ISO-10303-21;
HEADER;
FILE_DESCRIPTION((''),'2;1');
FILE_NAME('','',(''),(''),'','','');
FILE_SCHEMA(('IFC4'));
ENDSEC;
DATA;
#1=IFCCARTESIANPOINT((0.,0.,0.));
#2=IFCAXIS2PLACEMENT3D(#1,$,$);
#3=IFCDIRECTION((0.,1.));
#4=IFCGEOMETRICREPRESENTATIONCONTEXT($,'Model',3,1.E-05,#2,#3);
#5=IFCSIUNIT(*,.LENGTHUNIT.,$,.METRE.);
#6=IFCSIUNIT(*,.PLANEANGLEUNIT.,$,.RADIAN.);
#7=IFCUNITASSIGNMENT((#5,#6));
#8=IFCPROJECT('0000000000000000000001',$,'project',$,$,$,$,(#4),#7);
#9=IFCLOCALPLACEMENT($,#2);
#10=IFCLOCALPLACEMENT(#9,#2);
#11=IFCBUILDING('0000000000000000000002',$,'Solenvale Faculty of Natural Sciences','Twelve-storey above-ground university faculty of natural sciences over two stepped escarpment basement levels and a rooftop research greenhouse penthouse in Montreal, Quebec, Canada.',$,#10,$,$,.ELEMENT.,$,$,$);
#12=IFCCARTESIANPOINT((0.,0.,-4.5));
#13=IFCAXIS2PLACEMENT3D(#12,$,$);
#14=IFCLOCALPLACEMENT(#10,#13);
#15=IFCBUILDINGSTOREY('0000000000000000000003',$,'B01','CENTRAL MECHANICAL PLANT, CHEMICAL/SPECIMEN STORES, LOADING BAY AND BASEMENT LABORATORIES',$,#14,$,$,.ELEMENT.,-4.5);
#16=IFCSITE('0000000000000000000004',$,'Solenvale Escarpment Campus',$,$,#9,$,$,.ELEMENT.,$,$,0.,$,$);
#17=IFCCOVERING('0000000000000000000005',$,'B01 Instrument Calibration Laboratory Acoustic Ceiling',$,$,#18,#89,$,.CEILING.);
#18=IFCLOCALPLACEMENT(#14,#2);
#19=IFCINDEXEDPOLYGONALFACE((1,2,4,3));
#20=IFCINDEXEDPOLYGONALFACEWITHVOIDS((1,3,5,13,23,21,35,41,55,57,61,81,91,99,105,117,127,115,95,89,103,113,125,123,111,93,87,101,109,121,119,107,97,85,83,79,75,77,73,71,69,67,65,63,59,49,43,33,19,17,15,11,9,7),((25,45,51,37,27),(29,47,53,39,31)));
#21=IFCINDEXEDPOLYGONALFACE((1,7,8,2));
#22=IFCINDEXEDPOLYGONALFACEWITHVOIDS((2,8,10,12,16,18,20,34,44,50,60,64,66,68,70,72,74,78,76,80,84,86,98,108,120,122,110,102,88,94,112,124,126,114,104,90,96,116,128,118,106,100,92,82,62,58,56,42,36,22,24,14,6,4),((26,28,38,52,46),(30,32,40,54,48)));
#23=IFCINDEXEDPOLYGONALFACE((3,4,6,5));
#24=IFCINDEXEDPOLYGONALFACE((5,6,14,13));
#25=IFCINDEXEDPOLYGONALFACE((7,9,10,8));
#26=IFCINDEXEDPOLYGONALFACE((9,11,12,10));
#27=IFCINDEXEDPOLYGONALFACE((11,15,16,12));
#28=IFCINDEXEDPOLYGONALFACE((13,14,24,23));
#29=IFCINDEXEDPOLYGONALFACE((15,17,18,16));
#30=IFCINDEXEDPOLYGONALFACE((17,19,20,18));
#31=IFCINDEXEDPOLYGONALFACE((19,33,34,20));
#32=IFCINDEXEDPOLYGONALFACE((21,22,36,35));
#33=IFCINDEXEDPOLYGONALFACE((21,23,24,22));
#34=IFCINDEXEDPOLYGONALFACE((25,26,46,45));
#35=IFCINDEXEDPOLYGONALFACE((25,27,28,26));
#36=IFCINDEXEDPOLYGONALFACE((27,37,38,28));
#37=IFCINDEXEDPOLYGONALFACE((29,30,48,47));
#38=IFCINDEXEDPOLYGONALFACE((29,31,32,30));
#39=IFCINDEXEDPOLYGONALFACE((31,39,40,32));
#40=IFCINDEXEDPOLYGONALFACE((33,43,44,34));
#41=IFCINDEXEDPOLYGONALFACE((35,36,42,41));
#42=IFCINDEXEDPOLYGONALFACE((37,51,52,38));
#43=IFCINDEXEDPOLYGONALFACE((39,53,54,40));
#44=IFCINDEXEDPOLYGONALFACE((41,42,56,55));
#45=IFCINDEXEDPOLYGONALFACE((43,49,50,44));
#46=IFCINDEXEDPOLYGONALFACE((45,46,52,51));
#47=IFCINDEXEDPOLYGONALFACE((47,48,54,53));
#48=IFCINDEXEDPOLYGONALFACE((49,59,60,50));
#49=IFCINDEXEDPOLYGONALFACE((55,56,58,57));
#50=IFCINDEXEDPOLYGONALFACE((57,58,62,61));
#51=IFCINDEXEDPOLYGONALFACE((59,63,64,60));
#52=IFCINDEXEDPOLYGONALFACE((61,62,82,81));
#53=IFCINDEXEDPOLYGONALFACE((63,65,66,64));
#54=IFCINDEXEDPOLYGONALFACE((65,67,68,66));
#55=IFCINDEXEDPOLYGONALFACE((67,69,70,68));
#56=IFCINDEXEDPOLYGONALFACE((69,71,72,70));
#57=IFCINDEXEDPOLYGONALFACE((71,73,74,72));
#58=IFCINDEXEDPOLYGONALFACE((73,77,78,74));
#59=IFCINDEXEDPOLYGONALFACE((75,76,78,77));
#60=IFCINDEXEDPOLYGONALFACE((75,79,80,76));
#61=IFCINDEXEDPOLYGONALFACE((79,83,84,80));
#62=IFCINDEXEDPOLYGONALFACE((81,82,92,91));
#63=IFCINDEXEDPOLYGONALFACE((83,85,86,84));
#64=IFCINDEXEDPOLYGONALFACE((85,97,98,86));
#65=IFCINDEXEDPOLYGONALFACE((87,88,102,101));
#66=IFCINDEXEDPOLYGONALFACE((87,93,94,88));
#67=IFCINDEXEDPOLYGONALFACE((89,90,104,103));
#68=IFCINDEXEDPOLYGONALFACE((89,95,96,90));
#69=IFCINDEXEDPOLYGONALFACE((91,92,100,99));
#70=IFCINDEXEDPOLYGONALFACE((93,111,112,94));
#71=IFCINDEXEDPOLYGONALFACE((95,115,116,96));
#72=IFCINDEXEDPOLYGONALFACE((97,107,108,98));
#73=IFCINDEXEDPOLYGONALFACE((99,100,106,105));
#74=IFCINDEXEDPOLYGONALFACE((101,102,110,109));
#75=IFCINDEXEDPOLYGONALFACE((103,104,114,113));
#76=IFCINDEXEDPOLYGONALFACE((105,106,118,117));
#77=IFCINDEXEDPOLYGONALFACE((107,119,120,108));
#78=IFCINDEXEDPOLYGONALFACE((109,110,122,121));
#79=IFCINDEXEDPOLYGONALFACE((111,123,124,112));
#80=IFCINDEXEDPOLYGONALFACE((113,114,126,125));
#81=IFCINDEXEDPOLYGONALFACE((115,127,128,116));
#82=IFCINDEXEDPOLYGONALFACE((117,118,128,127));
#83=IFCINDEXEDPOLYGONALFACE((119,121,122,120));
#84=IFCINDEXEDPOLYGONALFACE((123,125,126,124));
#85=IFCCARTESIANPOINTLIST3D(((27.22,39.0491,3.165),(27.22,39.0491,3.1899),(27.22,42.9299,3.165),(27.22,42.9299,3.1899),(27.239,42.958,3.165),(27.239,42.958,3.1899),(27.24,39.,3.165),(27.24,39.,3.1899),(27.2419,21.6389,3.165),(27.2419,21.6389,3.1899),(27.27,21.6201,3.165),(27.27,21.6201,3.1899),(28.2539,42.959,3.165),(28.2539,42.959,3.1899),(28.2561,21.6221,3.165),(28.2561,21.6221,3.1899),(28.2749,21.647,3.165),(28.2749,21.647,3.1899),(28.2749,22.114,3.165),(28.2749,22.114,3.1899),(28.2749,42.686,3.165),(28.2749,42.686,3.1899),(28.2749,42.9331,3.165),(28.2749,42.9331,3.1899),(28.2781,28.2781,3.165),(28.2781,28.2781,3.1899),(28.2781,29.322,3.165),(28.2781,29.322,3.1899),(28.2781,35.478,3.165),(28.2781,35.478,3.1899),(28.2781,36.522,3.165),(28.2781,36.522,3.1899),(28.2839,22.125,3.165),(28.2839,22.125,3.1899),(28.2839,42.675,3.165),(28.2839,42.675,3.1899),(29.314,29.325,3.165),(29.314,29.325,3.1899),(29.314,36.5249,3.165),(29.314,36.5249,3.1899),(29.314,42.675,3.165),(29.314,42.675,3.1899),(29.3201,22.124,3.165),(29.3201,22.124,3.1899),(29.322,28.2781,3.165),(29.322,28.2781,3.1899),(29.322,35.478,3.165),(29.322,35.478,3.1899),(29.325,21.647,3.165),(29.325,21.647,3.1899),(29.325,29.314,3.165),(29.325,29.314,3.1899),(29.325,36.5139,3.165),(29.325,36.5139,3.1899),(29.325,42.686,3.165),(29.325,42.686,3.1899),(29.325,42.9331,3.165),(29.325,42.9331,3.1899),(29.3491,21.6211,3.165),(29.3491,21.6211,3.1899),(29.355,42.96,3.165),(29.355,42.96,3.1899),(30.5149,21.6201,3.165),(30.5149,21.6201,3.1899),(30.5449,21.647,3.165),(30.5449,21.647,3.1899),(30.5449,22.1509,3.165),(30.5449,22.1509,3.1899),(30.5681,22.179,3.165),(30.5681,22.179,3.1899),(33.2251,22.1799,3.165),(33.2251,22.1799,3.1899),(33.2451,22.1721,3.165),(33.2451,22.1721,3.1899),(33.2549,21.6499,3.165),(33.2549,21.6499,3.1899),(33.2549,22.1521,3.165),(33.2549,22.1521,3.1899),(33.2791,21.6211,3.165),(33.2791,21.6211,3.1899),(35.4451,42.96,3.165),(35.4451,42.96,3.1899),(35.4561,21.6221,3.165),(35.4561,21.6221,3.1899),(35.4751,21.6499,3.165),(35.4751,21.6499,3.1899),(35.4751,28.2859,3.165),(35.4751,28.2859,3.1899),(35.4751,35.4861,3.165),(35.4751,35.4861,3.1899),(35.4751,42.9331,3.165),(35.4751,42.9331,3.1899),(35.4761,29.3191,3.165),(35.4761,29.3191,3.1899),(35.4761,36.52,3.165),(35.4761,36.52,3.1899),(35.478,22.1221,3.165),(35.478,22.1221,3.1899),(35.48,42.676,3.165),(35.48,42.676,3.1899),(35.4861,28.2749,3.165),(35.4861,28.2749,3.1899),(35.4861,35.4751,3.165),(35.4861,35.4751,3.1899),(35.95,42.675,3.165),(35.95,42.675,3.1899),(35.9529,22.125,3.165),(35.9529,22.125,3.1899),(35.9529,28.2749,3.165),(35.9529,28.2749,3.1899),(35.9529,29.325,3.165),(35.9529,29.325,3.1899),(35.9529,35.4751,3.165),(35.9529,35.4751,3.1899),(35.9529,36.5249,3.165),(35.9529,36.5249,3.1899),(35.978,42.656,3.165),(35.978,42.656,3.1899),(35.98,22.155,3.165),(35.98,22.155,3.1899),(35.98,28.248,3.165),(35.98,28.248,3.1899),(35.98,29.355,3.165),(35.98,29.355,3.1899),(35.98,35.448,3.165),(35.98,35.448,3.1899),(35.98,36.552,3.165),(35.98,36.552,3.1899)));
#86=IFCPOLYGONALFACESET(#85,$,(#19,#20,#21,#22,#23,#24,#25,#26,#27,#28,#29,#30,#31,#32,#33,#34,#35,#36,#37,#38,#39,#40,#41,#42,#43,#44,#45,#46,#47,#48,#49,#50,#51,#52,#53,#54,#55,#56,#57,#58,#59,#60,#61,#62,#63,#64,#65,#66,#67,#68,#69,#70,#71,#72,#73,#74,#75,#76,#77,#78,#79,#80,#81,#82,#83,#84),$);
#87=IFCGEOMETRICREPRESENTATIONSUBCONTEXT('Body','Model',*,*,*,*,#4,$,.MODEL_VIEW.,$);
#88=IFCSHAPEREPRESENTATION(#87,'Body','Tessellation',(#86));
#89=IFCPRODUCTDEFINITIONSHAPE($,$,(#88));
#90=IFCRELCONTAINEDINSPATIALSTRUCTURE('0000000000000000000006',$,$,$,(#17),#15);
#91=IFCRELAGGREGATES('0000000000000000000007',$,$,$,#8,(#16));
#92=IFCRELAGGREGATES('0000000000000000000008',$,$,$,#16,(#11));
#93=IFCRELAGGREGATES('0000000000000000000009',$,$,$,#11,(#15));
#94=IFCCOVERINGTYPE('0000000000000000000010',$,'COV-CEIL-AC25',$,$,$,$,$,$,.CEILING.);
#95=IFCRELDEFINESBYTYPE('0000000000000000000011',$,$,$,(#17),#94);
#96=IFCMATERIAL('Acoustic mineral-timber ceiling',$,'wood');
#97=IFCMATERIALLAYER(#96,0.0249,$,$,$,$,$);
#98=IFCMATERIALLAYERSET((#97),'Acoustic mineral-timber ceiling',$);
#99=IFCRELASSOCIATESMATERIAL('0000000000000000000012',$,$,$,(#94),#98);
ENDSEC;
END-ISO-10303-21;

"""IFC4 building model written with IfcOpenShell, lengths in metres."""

from ifc_helpers import new_model, si_unit, direction, frame, origin, place, context, subcontext, project, spatial, polyline, outline, extrude, material, layer, layer_set, type_object, element, save


model = new_model("IFC4")

# Units and contexts
model_context = context("Model", 3, precision=1e-05, world=origin(), true_north=direction((0.0, 1.0)))
body_context = subcontext(model_context, "Body", "Model", "MODEL_VIEW")
ifc_project = project(units=[si_unit("LENGTHUNIT", "METRE"), si_unit("PLANEANGLEUNIT", "RADIAN")], contexts=[model_context])

# Site, building, storey
site_placement = place(None, origin())
site = spatial("IfcSite", under=ifc_project, at=site_placement, Name="Solenvale Escarpment Campus", CompositionType="ELEMENT", RefElevation=0.0)
building_placement = place(site_placement, origin())
building = spatial("IfcBuilding", under=site, at=building_placement, Name="Solenvale Faculty of Natural Sciences", Description="Twelve-storey above-ground university faculty of natural sciences over two stepped escarpment basement levels and a rooftop research greenhouse penthouse in Montreal, Quebec, Canada.", CompositionType="ELEMENT")
storey_placement = place(building_placement, frame((0.0, 0.0, -4.5)))
storey = spatial("IfcBuildingStorey", under=building, at=storey_placement, Name="B01", Description="CENTRAL MECHANICAL PLANT, CHEMICAL/SPECIMEN STORES, LOADING BAY AND BASEMENT LABORATORIES", CompositionType="ELEMENT", Elevation=-4.5)

# Covering
ifc_material_1 = material(Name="Acoustic mineral-timber ceiling", Category="wood")
ifc_layer_1 = layer(ifc_material_1, 0.0249)
ifc_layer_set_1 = layer_set([ifc_layer_1], Name="Acoustic mineral-timber ceiling")
covering_type_1 = type_object("IfcCoveringType", Name="COV-CEIL-AC25", PredefinedType="CEILING", material=ifc_layer_set_1)
covering_1_placement = place(storey_placement, frame((0.0, 0.0, 3.165)))
element("IfcCovering", 1, at=covering_1_placement, inside=storey, type_object=covering_type_1, Name="B01 Instrument Calibration Laboratory Acoustic Ceiling", PredefinedType="CEILING", context=body_context, shape_type="SweptSolid", body=[
    extrude(outline(polyline([(27.24, 39.0), (27.22, 39.0491), (27.22, 42.9299), (27.239, 42.958), (28.2539, 42.959), (28.2749, 42.9331), (28.2749, 42.686), (28.2839, 42.675), (29.314, 42.675), (29.325, 42.686), (29.325, 42.9331), (29.355, 42.96), (35.4451, 42.96), (35.4751, 42.9331), (35.48, 42.676), (35.95, 42.675), (35.978, 42.656), (35.98, 36.552), (35.9529, 36.5249), (35.4761, 36.52), (35.4751, 35.4861), (35.4861, 35.4751), (35.9529, 35.4751), (35.98, 35.448), (35.98, 29.355), (35.9529, 29.325), (35.4761, 29.3191), (35.4751, 28.2859), (35.4861, 28.2749), (35.9529, 28.2749), (35.98, 28.248), (35.98, 22.155), (35.9529, 22.125), (35.478, 22.1221), (35.4751, 21.6499), (35.4561, 21.6221), (33.2791, 21.6211), (33.2549, 21.6499), (33.2549, 22.1521), (33.2451, 22.1721), (33.2251, 22.1799), (30.5681, 22.179), (30.5449, 22.1509), (30.5449, 21.647), (30.5149, 21.6201), (29.3491, 21.6211), (29.325, 21.647), (29.3201, 22.124), (28.2839, 22.125), (28.2749, 22.114), (28.2749, 21.647), (28.2561, 21.6221), (27.27, 21.6201), (27.2419, 21.6389), (27.24, 39.0)]), holes=[polyline([(29.325, 29.314), (29.314, 29.325), (28.2781, 29.322), (28.2781, 28.2781), (29.322, 28.2781), (29.325, 29.314)]), polyline([(29.325, 36.5139), (29.314, 36.5249), (28.2781, 36.522), (28.2781, 35.478), (29.322, 35.478), (29.325, 36.5139)])]), origin(), (0.0, 0.0, 1.0), 0.0249),
])

save(model, "model.ifc")
